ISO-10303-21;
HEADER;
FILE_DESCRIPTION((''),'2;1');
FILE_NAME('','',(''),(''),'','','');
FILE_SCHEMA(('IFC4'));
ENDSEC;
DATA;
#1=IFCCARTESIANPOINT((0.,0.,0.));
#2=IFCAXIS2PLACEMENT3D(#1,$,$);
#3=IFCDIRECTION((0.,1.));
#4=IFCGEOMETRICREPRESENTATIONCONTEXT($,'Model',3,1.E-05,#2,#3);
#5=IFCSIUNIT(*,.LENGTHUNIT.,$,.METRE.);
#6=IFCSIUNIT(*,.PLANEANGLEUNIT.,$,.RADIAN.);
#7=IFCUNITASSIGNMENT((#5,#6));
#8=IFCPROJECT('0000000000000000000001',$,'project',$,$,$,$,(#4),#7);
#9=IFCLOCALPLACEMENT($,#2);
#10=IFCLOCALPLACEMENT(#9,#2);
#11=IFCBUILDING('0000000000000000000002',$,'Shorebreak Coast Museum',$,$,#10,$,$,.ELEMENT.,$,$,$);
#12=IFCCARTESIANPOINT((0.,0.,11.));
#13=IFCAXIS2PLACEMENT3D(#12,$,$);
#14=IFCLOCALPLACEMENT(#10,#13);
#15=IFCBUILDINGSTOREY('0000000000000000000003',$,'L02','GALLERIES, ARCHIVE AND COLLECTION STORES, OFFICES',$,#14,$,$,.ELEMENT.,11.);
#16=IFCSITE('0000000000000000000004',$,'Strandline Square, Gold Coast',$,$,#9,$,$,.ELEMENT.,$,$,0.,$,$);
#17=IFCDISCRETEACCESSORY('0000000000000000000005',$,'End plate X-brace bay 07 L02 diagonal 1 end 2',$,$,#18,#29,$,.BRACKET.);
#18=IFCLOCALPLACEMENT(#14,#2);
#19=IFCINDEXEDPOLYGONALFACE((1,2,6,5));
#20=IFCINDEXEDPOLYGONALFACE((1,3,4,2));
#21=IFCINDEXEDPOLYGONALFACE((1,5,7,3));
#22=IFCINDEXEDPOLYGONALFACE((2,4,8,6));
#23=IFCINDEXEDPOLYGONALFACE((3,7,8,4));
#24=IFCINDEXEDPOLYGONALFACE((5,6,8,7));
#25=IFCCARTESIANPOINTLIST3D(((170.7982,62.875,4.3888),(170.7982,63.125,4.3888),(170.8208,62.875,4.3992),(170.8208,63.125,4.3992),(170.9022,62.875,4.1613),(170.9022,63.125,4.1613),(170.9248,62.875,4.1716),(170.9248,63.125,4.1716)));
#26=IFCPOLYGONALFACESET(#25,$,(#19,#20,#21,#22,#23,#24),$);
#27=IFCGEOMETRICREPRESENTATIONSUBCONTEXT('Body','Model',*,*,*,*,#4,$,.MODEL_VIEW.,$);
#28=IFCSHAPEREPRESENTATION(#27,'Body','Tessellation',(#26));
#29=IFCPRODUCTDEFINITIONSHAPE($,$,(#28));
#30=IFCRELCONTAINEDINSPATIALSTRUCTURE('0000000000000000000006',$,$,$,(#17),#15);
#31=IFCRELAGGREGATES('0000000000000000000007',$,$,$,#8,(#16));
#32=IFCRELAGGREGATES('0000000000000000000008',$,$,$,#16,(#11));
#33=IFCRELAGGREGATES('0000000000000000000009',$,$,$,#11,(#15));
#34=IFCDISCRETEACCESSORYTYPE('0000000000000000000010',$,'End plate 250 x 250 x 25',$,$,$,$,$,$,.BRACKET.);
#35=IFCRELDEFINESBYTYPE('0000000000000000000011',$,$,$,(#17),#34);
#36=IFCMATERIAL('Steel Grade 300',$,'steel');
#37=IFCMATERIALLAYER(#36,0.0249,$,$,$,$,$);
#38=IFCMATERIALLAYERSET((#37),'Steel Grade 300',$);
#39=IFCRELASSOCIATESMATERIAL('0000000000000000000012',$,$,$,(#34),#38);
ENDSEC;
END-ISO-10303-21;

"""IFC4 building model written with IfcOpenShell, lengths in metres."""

from ifc_helpers import new_model, si_unit, direction, frame, origin, place, context, subcontext, project, spatial, polyline, outline, extrude, material, layer, layer_set, type_object, element, save


model = new_model("IFC4")

# Units and contexts
model_context = context("Model", 3, precision=1e-05, world=origin(), true_north=direction((0.0, 1.0)))
body_context = subcontext(model_context, "Body", "Model", "MODEL_VIEW")
ifc_project = project(units=[si_unit("LENGTHUNIT", "METRE"), si_unit("PLANEANGLEUNIT", "RADIAN")], contexts=[model_context])

# Site, building, storey
site_placement = place(None, origin())
site = spatial("IfcSite", under=ifc_project, at=site_placement, Name="Strandline Square, Gold Coast", CompositionType="ELEMENT", RefElevation=0.0)
building_placement = place(site_placement, origin())
building = spatial("IfcBuilding", under=site, at=building_placement, Name="Shorebreak Coast Museum", CompositionType="ELEMENT")
storey_placement = place(building_placement, frame((0.0, 0.0, 11.0)))
storey = spatial("IfcBuildingStorey", under=building, at=storey_placement, Name="L02", Description="GALLERIES, ARCHIVE AND COLLECTION STORES, OFFICES", CompositionType="ELEMENT", Elevation=11.0)

# Discrete accessory
ifc_material_1 = material(Name="Steel Grade 300", Category="steel")
ifc_layer_1 = layer(ifc_material_1, 0.0249)
ifc_layer_set_1 = layer_set([ifc_layer_1], Name="Steel Grade 300")
discrete_accessory_type = type_object("IfcDiscreteAccessoryType", Name="End plate 250 x 250 x 25", PredefinedType="BRACKET", material=ifc_layer_set_1)
discrete_accessory_placement = place(storey_placement, frame((170.9248, 62.875, 4.1716), z_axis=(0.909496, 0.0, 0.415714), x_axis=(0.0, 1.0, 0.0)))
element("IfcDiscreteAccessory", 1, at=discrete_accessory_placement, inside=storey, type_object=discrete_accessory_type, Name="End plate X-brace bay 07 L02 diagonal 1 end 2", PredefinedType="BRACKET", context=body_context, shape_type="SweptSolid", body=[
    extrude(outline(polyline([(0.0, 0.0), (0.25, 0.0), (0.25, 0.2502), (0.0, 0.2502), (0.0, 0.0)])), origin(), (0.0, 0.0, -1.0), 0.0249),
])

save(model, "model.ifc")
